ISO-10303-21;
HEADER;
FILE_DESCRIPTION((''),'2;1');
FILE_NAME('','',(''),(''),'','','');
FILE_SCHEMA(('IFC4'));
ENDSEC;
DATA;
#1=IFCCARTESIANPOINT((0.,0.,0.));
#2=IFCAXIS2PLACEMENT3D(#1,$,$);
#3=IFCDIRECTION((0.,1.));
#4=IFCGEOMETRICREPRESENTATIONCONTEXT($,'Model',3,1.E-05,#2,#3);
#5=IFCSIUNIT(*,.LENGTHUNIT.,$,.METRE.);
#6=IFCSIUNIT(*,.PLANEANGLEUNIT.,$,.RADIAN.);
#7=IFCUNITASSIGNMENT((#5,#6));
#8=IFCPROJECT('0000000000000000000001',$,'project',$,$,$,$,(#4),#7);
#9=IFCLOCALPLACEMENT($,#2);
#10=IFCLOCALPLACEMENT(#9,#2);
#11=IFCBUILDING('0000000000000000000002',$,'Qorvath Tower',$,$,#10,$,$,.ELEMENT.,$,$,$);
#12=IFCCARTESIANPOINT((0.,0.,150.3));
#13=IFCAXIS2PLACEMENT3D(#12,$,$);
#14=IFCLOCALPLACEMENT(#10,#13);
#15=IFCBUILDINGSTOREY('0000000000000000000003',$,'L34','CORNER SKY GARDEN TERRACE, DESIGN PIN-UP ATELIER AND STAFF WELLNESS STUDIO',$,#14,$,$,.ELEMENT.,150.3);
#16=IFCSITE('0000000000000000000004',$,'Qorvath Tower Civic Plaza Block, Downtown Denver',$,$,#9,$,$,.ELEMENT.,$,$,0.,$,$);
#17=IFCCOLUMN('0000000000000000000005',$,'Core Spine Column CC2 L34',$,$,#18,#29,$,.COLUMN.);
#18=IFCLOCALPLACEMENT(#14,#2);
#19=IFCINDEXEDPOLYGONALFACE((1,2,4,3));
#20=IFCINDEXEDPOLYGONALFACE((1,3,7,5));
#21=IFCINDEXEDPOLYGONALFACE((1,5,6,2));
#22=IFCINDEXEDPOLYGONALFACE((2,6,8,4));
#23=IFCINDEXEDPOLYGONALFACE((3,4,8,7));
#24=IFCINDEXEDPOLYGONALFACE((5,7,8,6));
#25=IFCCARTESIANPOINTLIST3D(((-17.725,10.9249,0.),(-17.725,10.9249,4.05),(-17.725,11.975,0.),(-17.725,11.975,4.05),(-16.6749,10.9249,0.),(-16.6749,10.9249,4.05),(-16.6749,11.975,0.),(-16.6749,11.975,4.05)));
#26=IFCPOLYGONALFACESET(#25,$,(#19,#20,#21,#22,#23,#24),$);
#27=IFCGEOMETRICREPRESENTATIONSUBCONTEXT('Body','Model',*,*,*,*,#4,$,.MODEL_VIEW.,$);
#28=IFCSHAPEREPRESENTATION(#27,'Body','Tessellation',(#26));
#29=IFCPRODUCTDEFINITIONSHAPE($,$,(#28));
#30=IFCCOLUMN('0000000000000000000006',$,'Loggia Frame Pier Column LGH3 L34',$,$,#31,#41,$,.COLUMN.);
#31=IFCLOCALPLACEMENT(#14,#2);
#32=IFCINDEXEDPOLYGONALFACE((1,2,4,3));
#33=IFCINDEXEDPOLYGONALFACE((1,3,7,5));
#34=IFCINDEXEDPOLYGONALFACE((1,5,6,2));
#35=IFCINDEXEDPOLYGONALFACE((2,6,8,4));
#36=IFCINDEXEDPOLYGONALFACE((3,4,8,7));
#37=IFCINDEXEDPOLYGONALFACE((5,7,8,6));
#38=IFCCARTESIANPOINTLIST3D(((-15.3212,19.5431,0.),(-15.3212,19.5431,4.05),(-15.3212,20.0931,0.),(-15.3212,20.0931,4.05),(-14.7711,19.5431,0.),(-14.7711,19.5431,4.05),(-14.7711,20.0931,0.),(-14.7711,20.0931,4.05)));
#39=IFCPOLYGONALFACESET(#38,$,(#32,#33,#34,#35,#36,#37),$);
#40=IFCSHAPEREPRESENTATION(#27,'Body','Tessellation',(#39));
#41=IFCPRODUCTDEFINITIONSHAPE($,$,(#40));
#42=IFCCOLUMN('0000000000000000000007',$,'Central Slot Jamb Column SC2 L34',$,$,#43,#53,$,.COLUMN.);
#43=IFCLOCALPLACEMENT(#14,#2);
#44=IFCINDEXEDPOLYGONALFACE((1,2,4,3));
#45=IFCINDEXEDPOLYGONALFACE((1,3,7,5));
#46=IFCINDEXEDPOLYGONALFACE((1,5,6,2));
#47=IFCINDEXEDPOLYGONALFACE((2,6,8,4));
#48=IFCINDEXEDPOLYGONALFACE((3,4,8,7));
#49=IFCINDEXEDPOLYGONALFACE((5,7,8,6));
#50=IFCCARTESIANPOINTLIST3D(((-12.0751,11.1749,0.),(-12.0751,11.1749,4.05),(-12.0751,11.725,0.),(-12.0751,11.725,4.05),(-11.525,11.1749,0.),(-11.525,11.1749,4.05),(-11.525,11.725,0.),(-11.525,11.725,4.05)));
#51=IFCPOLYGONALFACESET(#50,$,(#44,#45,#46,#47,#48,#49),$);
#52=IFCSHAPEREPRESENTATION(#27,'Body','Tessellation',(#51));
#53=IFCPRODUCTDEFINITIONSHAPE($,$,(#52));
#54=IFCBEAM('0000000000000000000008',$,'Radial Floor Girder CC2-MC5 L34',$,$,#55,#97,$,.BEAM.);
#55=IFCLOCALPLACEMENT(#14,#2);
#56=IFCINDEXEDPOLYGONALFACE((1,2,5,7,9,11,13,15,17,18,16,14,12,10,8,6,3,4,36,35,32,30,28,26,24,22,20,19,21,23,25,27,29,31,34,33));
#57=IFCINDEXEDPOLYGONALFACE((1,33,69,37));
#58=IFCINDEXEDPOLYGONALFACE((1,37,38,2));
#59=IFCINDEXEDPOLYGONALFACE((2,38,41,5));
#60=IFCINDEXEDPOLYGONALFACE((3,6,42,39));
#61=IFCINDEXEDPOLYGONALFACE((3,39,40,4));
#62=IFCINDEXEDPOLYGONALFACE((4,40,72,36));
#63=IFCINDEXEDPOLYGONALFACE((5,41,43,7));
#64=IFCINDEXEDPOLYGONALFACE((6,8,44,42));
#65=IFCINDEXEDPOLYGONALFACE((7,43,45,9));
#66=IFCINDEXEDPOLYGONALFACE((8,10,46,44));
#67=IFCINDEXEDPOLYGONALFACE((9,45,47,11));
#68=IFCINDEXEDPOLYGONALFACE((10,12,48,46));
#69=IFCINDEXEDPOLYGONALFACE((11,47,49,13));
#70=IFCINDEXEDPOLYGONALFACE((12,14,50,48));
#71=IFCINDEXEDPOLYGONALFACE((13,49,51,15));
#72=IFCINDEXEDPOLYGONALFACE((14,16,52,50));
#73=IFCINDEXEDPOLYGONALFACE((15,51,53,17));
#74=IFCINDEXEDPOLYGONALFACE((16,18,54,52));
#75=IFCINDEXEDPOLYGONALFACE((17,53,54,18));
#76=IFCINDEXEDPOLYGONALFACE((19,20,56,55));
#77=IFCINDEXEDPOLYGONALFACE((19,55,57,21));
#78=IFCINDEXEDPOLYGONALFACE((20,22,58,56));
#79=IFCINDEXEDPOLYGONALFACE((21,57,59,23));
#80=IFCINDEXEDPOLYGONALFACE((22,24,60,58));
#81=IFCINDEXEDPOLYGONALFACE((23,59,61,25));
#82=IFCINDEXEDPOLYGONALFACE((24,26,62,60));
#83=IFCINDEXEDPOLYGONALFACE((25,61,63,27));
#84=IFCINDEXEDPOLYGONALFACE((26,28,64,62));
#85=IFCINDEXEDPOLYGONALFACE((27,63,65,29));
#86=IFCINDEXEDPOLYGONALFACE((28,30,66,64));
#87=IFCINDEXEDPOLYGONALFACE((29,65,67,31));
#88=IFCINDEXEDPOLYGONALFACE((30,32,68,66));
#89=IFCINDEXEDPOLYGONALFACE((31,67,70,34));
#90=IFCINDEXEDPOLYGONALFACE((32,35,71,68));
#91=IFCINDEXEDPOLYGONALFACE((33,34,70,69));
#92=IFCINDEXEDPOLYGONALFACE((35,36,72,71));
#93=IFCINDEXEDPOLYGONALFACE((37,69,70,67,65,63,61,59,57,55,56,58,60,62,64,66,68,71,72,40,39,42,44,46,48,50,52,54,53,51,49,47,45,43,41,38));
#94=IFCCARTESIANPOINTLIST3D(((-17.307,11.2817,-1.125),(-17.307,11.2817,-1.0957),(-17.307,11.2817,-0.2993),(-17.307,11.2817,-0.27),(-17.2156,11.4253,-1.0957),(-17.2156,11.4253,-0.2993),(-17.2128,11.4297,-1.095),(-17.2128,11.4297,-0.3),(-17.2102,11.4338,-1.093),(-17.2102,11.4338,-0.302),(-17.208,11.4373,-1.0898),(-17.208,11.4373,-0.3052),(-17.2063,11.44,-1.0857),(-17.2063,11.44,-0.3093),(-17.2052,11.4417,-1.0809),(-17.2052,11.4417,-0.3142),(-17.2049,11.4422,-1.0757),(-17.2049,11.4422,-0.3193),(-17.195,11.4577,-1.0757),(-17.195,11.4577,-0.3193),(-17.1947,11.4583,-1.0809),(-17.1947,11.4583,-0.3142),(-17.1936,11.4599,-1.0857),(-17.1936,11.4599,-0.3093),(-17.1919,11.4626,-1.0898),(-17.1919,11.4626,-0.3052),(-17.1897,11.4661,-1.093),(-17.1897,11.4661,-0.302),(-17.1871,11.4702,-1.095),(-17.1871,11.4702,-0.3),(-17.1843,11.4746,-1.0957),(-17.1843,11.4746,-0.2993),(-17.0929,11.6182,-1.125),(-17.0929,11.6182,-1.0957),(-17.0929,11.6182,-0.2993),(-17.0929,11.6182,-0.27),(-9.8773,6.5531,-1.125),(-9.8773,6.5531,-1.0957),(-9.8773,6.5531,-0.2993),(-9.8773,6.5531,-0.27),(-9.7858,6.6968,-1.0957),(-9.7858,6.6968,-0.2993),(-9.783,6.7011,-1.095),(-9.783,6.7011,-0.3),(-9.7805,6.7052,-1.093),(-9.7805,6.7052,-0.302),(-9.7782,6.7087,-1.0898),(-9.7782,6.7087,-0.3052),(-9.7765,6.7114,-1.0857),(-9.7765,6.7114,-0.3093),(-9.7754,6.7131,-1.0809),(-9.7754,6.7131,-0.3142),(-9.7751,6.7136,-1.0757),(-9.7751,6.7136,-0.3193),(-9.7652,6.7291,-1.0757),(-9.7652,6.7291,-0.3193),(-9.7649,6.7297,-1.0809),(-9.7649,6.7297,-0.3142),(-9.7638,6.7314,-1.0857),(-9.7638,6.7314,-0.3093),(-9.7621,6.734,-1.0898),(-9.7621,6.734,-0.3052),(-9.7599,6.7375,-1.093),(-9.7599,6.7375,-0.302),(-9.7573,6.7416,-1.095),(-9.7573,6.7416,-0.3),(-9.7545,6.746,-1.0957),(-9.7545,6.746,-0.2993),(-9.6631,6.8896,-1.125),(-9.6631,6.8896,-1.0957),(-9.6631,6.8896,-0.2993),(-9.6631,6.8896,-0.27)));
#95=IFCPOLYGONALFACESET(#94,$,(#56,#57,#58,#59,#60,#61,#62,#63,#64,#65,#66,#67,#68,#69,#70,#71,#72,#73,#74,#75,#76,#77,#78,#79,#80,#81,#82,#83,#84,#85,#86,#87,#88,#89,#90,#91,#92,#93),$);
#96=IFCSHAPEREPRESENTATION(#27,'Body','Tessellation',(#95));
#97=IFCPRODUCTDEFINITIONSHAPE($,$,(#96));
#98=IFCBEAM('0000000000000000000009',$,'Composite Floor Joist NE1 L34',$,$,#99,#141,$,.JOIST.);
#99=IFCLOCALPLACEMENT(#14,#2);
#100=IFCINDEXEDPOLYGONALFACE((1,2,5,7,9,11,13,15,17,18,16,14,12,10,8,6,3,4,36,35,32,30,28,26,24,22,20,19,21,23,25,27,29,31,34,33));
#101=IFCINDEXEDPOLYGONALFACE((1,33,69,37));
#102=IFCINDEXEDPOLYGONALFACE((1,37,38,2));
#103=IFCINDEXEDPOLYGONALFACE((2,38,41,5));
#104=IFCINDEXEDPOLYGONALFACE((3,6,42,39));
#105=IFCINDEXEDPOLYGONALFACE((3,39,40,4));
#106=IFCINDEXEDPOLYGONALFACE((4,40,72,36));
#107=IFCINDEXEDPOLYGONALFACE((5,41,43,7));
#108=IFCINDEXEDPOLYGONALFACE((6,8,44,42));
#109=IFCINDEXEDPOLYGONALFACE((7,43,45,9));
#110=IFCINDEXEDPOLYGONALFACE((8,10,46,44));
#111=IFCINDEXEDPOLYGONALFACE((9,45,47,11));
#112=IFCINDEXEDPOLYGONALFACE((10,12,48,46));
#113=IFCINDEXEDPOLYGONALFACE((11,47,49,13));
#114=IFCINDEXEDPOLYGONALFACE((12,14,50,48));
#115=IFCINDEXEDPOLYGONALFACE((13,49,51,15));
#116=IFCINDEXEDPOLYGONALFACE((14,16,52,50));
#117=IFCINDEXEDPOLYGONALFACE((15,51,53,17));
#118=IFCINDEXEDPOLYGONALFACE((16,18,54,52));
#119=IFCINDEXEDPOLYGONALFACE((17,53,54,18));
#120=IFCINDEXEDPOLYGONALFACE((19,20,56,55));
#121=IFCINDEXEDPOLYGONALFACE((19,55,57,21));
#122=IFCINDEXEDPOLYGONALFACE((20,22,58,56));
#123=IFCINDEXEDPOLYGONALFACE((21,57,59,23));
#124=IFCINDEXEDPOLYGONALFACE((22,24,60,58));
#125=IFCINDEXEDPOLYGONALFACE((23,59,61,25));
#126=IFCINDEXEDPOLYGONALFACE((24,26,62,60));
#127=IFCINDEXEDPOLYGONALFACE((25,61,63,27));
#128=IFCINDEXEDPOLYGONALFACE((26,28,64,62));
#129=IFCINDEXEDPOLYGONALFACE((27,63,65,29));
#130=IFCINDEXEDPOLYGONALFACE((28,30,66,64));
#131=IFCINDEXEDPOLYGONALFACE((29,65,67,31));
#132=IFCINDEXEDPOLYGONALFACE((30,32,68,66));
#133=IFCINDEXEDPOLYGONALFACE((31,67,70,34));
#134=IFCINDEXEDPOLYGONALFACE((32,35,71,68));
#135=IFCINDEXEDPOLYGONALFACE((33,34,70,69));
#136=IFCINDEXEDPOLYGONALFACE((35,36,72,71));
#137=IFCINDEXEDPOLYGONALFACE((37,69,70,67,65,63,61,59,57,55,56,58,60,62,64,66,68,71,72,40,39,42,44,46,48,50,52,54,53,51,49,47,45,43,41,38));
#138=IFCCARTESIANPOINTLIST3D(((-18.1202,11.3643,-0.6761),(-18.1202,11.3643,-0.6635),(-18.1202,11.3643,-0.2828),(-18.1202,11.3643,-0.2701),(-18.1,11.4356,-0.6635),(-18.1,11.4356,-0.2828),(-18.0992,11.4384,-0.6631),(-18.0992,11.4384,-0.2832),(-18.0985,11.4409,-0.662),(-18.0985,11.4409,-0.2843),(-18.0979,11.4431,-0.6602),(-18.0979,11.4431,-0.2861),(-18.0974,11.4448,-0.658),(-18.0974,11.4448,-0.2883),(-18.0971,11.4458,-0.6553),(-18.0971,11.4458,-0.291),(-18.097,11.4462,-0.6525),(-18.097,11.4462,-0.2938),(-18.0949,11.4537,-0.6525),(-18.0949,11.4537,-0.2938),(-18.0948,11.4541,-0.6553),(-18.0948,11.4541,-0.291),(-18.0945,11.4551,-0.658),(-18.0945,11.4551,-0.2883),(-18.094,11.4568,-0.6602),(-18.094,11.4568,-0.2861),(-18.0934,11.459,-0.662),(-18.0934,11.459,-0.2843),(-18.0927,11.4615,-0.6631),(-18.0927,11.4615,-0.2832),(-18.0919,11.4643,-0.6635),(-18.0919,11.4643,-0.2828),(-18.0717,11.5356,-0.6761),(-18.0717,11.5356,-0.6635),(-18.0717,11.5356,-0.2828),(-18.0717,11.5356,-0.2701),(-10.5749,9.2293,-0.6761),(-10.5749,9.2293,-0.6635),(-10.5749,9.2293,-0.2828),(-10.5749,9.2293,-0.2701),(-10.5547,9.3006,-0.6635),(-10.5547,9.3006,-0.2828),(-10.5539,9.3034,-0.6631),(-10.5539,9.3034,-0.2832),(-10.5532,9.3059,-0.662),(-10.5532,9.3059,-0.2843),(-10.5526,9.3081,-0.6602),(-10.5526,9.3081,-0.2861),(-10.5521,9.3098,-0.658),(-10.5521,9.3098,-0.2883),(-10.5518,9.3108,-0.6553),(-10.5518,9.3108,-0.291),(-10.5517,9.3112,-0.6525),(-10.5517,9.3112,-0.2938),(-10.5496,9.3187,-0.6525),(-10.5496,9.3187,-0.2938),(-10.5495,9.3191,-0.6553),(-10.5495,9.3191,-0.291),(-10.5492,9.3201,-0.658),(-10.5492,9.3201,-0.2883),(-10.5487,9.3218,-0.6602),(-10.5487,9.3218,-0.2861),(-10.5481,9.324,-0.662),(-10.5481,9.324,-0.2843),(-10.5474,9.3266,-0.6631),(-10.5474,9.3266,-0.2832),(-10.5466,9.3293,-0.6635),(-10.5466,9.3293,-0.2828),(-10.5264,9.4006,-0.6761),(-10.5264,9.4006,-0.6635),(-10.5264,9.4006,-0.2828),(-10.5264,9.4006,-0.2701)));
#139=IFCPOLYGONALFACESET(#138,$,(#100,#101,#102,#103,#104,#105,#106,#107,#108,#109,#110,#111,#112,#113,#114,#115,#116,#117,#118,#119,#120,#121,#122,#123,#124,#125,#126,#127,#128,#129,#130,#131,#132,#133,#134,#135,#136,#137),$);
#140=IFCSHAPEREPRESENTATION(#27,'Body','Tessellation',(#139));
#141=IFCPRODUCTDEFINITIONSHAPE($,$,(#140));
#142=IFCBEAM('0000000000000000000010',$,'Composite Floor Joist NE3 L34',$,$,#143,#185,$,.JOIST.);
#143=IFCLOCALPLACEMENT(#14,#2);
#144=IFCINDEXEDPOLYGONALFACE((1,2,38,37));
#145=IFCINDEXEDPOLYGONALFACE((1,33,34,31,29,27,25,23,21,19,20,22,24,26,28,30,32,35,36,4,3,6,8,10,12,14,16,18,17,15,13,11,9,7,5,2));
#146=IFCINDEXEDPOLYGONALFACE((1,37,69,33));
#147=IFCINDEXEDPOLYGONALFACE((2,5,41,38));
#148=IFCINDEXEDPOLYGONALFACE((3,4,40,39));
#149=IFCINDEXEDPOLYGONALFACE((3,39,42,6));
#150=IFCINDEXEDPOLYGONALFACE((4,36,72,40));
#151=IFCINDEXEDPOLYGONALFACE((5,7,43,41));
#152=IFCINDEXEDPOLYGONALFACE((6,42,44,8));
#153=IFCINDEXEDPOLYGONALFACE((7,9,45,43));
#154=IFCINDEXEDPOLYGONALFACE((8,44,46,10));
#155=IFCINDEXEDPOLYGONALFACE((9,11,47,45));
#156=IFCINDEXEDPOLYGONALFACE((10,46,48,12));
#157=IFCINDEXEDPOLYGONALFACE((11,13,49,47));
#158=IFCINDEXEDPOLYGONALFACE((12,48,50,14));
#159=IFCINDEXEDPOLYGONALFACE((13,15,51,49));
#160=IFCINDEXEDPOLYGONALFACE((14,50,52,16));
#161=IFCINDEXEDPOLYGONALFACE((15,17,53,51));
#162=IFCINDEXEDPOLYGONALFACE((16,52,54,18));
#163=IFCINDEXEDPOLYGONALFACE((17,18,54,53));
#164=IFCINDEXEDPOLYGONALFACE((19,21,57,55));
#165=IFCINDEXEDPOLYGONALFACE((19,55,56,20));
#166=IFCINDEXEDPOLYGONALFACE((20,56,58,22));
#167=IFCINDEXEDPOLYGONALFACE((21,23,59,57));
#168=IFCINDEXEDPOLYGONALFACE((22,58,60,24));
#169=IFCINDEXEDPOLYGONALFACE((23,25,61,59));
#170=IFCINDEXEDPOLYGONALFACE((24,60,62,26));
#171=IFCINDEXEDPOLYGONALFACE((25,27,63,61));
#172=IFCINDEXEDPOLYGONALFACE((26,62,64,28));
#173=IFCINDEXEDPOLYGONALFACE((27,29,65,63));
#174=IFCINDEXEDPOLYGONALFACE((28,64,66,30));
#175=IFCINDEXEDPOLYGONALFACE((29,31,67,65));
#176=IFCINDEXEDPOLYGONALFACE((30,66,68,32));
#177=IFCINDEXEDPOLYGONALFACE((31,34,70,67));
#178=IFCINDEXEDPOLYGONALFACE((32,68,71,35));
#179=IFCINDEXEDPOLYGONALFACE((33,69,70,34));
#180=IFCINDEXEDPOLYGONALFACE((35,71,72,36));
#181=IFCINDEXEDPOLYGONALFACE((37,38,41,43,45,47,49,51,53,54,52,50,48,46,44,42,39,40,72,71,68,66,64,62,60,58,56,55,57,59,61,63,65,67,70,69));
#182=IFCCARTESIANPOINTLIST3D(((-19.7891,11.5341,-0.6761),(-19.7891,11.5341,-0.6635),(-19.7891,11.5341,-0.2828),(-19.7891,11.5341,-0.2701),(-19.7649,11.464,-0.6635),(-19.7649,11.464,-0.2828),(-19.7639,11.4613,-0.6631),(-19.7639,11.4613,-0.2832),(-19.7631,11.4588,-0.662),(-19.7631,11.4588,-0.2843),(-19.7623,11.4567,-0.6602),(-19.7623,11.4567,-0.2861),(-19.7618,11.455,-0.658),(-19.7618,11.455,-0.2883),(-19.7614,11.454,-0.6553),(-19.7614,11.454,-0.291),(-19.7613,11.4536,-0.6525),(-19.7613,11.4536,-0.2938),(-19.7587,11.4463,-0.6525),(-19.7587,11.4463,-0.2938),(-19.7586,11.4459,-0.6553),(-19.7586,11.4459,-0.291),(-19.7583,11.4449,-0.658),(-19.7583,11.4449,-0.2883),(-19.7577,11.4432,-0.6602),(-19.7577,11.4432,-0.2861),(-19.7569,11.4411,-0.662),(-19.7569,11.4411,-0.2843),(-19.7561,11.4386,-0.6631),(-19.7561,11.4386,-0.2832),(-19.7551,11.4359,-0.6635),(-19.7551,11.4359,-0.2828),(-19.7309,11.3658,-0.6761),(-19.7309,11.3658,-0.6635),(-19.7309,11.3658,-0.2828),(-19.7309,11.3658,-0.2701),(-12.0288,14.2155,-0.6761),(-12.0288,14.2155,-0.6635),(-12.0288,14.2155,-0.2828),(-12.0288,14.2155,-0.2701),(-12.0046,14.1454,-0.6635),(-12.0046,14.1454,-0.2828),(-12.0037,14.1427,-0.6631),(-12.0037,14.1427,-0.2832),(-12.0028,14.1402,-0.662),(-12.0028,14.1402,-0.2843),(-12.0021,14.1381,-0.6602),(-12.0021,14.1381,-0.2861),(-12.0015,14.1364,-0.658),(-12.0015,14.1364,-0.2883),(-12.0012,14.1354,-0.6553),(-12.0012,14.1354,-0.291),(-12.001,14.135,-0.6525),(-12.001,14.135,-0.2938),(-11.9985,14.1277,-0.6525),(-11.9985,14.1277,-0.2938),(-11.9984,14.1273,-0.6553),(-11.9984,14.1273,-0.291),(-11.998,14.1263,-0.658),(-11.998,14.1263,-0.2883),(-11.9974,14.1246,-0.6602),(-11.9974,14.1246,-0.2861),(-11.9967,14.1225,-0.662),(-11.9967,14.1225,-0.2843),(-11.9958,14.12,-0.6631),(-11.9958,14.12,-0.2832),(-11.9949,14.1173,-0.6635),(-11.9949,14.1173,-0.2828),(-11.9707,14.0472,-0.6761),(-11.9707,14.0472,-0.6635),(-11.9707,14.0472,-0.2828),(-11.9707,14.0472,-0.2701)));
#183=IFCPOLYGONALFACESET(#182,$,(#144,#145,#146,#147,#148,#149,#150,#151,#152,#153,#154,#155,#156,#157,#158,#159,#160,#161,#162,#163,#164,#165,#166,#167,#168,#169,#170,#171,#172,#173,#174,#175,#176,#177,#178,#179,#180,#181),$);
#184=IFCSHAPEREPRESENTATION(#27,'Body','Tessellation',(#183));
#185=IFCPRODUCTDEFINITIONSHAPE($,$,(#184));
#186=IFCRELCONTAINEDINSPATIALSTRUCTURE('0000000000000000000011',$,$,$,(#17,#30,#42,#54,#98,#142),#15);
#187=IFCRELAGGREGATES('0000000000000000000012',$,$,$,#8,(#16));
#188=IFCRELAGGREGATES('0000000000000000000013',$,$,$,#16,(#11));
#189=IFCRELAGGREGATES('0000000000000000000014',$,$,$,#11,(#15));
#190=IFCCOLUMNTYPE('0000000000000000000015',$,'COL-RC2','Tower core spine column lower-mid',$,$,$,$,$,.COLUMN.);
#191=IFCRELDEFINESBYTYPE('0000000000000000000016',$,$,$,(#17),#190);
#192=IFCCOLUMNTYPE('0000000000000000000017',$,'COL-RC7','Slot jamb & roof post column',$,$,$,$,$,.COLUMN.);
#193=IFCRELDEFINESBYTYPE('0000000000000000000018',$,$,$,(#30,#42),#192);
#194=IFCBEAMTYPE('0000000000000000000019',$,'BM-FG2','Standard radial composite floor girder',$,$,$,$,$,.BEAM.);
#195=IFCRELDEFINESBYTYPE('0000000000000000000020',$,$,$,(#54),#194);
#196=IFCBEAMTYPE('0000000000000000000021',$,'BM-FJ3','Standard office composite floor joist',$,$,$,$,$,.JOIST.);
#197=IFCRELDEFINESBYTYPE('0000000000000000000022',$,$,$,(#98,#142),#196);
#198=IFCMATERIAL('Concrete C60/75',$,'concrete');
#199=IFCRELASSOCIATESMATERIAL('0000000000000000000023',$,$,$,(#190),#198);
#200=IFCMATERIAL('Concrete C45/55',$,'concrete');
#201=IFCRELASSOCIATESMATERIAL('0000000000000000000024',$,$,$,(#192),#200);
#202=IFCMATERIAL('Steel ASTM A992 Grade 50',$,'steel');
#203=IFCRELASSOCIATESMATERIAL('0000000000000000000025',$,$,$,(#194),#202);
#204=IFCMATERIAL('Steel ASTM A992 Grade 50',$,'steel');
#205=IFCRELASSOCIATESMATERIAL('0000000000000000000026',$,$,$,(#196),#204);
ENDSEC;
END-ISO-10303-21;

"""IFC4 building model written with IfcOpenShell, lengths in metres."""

from ifc_helpers import new_model, si_unit, direction, frame, origin, origin_2d, place, context, subcontext, project, spatial, rectangle, i_section, extrude, material, material_profile, profile_set, type_object, element, save


model = new_model("IFC4")

# Units and contexts
model_context = context("Model", 3, precision=1e-05, world=origin(), true_north=direction((0.0, 1.0)))
body_context = subcontext(model_context, "Body", "Model", "MODEL_VIEW")
ifc_project = project(units=[si_unit("LENGTHUNIT", "METRE"), si_unit("PLANEANGLEUNIT", "RADIAN")], contexts=[model_context])

# Site, building, storey
site_placement = place(None, origin())
site = spatial("IfcSite", under=ifc_project, at=site_placement, Name="Qorvath Tower Civic Plaza Block, Downtown Denver", CompositionType="ELEMENT", RefElevation=0.0)
building_placement = place(site_placement, origin())
building = spatial("IfcBuilding", under=site, at=building_placement, Name="Qorvath Tower", CompositionType="ELEMENT")
storey_placement = place(building_placement, frame((0.0, 0.0, 150.3)))
storey = spatial("IfcBuildingStorey", under=building, at=storey_placement, Name="L34", Description="CORNER SKY GARDEN TERRACE, DESIGN PIN-UP ATELIER AND STAFF WELLNESS STUDIO", CompositionType="ELEMENT", Elevation=150.3)

# Columns
ifc_material_1 = material(Name="Concrete C60/75", Category="concrete")
ifc_material_profile_1 = material_profile(ifc_material_1, rectangle(XDim=1.05, YDim=1.05, at=origin_2d()), Name="RC 1050x1050")
ifc_profile_set_1 = profile_set([ifc_material_profile_1], Name="Concrete C60/75")
column_type_1 = type_object("IfcColumnType", Name="COL-RC2", Description="Tower core spine column lower-mid", PredefinedType="COLUMN", material=ifc_profile_set_1)
column_placement = place(storey_placement, frame((-17.2, 11.45, 0.0), z_axis=(0.0, 0.0, 1.0), x_axis=(1.0, 0.0, 0.0)))
element("IfcColumn", 1, at=column_placement, inside=storey, type_object=column_type_1, Name="Core Spine Column CC2 L34", PredefinedType="COLUMN", context=body_context, shape_type="SweptSolid", body=[
    extrude(rectangle(XDim=1.05, YDim=1.05, at=origin_2d()), origin(), (0.0, 0.0, 1.0), 4.05),
])
ifc_material_2 = material(Name="Concrete C45/55", Category="concrete")
ifc_material_profile_2 = material_profile(ifc_material_2, rectangle(XDim=0.55, YDim=0.55, at=origin_2d()), Name="RC 550x550")
ifc_profile_set_2 = profile_set([ifc_material_profile_2], Name="Concrete C45/55")
column_type_2 = type_object("IfcColumnType", Name="COL-RC7", Description="Slot jamb & roof post column", PredefinedType="COLUMN", material=ifc_profile_set_2)
for number, where, z_axis, x_axis, name in (
    (2, (-15.0461, 19.8181, 0.0), (0.0, 0.0, 1.0), (1.0, 0.0, 0.0), "Loggia Frame Pier Column LGH3 L34"),
    (3, (-11.8, 11.45, 0.0), (0.0, 0.0, 1.0), (1.0, 0.0, 0.0), "Central Slot Jamb Column SC2 L34"),
):
    element("IfcColumn", number, at=place(storey_placement, frame(where, z_axis=z_axis, x_axis=x_axis)), inside=storey, type_object=column_type_2, Name=name, PredefinedType="COLUMN", context=body_context, shape_type="SweptSolid", body=[
        extrude(rectangle(XDim=0.55, YDim=0.55, at=origin_2d()), origin(), (0.0, 0.0, 1.0), 4.05),
    ])

# Beams
ifc_material_3 = material(Name="Steel ASTM A992 Grade 50", Category="steel")
ifc_material_profile_3 = material_profile(ifc_material_3, i_section(OverallWidth=0.3989, OverallDepth=0.855, WebThickness=0.0183, FlangeThickness=0.0293, FilletRadius=0.02, at=origin_2d()), Name="W33x201")
ifc_profile_set_3 = profile_set([ifc_material_profile_3], Name="Steel ASTM A992 Grade 50")
beam_type_1 = type_object("IfcBeamType", Name="BM-FG2", Description="Standard radial composite floor girder", PredefinedType="BEAM", material=ifc_profile_set_3)
beam_1_placement = place(storey_placement, frame((-17.2, 11.45, -0.6975), z_axis=(0.843634, -0.536919, 0.0), x_axis=(0.536919, 0.843634, 0.0)))
element("IfcBeam", 4, at=beam_1_placement, inside=storey, type_object=beam_type_1, Name="Radial Floor Girder CC2-MC5 L34", PredefinedType="BEAM", context=body_context, shape_type="SweptSolid", body=[
    extrude(i_section(OverallWidth=0.3989, OverallDepth=0.855, WebThickness=0.0183, FlangeThickness=0.0293, FilletRadius=0.02, at=origin_2d()), origin(), (0.0, 0.0, 1.0), 8.8069),
])
ifc_material_4 = material(Name="Steel ASTM A992 Grade 50", Category="steel")
ifc_material_profile_4 = material_profile(ifc_material_4, i_section(OverallWidth=0.178, OverallDepth=0.406, WebThickness=0.0078, FlangeThickness=0.0127, FilletRadius=0.011, at=origin_2d()), Name="W16x40")
ifc_profile_set_4 = profile_set([ifc_material_profile_4], Name="Steel ASTM A992 Grade 50")
beam_type_2 = type_object("IfcBeamType", Name="BM-FJ3", Description="Standard office composite floor joist", PredefinedType="JOIST", material=ifc_profile_set_4)
beam_2_placement = place(storey_placement, frame((-18.0959, 11.45, -0.4731), z_axis=(0.962222, -0.272265, 0.0), x_axis=(0.272265, 0.962222, 0.0)))
element("IfcBeam", 5, at=beam_2_placement, inside=storey, type_object=beam_type_2, Name="Composite Floor Joist NE1 L34", PredefinedType="JOIST", context=body_context, shape_type="SweptSolid", body=[
    extrude(i_section(OverallWidth=0.178, OverallDepth=0.406, WebThickness=0.0078, FlangeThickness=0.0127, FilletRadius=0.011, at=origin_2d()), origin(), (0.0, 0.0, 1.0), 7.8416),
])
beam_3_placement = place(storey_placement, frame((-19.76, 11.45, -0.4731), z_axis=(0.945168, 0.326584, 0.0), x_axis=(-0.326584, 0.945168, 0.0)))
element("IfcBeam", 6, at=beam_3_placement, inside=storey, type_object=beam_type_2, Name="Composite Floor Joist NE3 L34", PredefinedType="JOIST", context=body_context, shape_type="SweptSolid", body=[
    extrude(i_section(OverallWidth=0.178, OverallDepth=0.406, WebThickness=0.0078, FlangeThickness=0.0127, FilletRadius=0.011, at=origin_2d()), origin(), (0.0, 0.0, 1.0), 8.2104),
])

save(model, "model.ifc")
